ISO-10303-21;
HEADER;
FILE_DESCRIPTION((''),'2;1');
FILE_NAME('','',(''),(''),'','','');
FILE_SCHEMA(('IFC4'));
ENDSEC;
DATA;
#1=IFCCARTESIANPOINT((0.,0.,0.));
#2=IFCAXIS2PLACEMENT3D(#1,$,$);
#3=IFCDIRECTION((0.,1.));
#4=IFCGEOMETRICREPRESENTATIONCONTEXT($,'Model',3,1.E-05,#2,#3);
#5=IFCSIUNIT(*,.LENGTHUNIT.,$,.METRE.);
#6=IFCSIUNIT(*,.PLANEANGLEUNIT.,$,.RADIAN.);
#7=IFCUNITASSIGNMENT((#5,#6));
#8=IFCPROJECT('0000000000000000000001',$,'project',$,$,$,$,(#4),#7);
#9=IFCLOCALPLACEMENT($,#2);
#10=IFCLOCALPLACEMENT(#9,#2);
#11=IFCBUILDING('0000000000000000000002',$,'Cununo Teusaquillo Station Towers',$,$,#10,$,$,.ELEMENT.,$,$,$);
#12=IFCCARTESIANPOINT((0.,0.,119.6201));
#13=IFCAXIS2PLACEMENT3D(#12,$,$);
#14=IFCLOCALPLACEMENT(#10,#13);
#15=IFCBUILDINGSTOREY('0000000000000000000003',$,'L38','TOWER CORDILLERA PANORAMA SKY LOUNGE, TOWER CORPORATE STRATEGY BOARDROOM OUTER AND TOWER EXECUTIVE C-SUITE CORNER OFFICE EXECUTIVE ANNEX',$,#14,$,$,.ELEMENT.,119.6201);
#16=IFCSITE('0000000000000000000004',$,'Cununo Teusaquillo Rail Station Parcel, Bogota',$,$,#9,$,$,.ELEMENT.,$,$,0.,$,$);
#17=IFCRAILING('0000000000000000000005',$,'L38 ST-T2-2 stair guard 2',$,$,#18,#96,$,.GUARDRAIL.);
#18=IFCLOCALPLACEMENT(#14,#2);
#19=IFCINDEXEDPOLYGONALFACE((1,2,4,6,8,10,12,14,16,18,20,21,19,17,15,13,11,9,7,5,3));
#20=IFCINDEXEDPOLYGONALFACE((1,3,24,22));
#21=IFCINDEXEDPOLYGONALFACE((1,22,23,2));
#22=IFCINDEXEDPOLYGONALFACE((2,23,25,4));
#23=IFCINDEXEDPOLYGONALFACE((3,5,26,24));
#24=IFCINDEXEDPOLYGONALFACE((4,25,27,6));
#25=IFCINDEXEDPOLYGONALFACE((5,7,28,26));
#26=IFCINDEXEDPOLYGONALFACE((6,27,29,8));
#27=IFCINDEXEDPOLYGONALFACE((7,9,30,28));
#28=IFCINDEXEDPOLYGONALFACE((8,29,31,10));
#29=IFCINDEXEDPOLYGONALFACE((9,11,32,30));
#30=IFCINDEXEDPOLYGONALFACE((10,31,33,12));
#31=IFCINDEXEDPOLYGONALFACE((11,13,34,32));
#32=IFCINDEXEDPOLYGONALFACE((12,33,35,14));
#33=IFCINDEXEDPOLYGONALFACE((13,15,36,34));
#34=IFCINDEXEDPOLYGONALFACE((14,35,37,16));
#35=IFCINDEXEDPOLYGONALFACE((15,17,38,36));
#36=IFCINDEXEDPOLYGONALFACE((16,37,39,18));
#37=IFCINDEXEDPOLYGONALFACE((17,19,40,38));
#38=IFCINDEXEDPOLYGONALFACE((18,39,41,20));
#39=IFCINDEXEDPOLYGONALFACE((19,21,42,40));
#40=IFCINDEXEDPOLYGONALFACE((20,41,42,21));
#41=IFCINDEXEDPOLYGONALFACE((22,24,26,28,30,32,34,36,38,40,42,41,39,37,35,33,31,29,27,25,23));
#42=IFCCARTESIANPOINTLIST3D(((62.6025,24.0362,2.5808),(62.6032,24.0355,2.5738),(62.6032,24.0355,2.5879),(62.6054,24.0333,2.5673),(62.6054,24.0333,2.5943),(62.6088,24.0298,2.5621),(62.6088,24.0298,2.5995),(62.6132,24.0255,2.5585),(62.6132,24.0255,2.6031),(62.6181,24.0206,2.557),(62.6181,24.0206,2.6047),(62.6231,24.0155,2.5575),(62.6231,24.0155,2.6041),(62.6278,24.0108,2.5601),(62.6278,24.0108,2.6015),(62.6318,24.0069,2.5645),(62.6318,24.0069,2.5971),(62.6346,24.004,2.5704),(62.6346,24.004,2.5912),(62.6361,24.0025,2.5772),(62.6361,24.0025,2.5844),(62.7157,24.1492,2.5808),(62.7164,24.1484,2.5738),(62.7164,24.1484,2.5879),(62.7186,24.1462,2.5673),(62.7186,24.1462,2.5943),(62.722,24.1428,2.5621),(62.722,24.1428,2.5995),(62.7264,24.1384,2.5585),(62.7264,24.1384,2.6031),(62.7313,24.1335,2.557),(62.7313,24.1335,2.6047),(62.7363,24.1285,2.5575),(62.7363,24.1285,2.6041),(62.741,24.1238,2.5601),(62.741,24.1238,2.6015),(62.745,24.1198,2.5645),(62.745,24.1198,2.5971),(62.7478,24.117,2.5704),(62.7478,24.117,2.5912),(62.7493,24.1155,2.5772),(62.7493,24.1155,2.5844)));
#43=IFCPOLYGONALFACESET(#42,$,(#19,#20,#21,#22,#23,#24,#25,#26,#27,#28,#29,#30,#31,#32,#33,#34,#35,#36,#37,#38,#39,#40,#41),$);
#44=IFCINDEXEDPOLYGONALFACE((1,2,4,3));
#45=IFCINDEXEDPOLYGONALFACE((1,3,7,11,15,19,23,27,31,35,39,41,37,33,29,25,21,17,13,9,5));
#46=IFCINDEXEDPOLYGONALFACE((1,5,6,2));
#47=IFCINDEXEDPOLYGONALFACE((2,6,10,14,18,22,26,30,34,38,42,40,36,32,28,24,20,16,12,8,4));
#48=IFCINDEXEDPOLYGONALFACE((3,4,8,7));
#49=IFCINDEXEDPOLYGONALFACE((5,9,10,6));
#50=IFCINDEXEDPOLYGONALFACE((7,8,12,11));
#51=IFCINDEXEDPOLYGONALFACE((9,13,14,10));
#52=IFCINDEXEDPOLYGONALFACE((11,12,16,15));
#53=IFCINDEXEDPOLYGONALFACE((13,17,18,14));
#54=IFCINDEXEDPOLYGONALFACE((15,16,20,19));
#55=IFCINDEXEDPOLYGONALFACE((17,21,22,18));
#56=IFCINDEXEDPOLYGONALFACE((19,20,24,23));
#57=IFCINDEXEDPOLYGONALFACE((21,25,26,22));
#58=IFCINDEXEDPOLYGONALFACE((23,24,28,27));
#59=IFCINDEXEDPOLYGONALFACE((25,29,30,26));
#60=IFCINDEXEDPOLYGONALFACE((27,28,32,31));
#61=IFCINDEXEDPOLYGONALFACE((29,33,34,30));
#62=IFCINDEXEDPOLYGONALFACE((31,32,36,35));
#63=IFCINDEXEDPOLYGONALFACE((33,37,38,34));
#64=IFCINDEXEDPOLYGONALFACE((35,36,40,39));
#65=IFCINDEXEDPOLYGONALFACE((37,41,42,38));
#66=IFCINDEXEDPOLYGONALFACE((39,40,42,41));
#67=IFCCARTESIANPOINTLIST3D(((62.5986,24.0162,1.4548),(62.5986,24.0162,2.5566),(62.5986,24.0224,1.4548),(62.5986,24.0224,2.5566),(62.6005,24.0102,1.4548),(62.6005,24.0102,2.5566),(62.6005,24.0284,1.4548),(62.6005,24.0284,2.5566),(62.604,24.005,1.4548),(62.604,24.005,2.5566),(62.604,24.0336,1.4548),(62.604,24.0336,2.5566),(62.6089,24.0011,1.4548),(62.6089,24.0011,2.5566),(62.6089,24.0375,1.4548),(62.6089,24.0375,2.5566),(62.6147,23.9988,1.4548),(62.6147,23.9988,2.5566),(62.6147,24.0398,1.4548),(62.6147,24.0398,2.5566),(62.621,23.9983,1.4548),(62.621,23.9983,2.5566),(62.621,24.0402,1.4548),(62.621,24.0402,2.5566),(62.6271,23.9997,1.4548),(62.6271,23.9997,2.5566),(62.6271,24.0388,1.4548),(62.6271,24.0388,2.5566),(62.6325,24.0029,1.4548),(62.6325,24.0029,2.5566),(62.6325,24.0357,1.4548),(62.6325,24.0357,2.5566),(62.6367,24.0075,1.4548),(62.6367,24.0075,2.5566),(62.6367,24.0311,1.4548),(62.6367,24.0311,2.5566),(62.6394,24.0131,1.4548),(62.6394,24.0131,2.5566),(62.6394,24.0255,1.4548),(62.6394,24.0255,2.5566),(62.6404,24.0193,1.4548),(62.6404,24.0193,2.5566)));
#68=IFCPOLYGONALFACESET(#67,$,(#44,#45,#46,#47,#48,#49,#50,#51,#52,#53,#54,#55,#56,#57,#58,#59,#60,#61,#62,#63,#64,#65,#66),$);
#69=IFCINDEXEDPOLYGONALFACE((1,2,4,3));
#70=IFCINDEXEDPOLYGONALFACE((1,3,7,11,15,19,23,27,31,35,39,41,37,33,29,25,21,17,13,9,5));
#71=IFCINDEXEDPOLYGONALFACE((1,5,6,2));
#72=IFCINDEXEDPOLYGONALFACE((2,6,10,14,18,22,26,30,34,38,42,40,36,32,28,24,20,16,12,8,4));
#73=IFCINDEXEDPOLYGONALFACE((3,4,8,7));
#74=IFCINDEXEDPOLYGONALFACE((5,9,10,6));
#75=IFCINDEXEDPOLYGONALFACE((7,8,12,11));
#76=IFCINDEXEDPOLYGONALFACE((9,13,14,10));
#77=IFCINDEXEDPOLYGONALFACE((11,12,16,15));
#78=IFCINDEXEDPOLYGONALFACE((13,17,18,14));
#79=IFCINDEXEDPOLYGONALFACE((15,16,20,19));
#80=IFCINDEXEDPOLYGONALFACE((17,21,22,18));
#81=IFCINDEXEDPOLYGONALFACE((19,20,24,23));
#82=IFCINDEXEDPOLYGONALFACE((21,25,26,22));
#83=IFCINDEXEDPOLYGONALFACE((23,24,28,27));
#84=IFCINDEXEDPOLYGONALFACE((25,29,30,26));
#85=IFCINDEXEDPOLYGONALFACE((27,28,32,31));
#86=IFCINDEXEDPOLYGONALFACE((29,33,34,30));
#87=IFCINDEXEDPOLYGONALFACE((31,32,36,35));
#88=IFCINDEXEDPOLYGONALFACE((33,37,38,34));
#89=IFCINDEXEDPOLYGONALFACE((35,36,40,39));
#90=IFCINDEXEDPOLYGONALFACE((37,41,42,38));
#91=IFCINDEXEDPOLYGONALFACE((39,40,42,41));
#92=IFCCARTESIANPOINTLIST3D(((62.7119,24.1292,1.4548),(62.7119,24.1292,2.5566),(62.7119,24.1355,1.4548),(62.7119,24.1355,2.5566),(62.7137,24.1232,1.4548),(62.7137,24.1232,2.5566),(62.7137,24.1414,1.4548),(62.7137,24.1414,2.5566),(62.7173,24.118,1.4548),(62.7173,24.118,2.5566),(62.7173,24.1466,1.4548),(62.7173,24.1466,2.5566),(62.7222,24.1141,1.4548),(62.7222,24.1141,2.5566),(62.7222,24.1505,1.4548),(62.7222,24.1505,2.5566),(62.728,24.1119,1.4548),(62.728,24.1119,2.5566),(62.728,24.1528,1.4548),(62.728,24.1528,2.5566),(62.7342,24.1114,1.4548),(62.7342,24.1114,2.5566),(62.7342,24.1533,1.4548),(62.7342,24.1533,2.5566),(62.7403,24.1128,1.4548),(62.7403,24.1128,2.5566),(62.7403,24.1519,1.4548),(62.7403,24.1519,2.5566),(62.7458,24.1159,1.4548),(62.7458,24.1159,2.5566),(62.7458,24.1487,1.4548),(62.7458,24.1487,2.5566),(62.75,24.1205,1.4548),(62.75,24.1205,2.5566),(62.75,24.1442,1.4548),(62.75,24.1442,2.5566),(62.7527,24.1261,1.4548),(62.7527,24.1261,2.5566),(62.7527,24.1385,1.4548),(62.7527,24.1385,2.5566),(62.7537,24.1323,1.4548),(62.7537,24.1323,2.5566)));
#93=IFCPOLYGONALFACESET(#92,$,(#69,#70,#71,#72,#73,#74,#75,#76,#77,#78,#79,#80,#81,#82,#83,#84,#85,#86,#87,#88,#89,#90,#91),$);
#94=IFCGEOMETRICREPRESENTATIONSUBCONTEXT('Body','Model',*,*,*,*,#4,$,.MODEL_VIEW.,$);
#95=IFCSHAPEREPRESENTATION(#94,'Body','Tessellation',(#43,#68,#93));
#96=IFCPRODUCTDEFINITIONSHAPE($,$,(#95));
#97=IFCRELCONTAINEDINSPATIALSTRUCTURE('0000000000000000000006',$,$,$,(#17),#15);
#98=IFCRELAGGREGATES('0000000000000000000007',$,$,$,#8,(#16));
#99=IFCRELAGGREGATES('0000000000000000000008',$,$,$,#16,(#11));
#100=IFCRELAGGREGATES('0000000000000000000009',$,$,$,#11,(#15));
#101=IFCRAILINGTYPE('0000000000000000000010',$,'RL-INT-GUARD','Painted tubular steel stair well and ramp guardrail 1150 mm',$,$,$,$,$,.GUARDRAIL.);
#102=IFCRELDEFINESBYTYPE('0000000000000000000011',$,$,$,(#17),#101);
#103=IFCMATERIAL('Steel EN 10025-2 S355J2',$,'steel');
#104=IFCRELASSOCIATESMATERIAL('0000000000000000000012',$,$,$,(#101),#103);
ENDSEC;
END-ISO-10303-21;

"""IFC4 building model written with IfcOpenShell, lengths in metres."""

from ifc_helpers import new_model, si_unit, direction, frame, origin, origin_2d, place, context, subcontext, project, spatial, circle, extrude, material, type_object, element, save


model = new_model("IFC4")

# Units and contexts
model_context = context("Model", 3, precision=1e-05, world=origin(), true_north=direction((0.0, 1.0)))
body_context = subcontext(model_context, "Body", "Model", "MODEL_VIEW")
ifc_project = project(units=[si_unit("LENGTHUNIT", "METRE"), si_unit("PLANEANGLEUNIT", "RADIAN")], contexts=[model_context])

# Site, building, storey
site_placement = place(None, origin())
site = spatial("IfcSite", under=ifc_project, at=site_placement, Name="Cununo Teusaquillo Rail Station Parcel, Bogota", CompositionType="ELEMENT", RefElevation=0.0)
building_placement = place(site_placement, origin())
building = spatial("IfcBuilding", under=site, at=building_placement, Name="Cununo Teusaquillo Station Towers", CompositionType="ELEMENT")
storey_placement = place(building_placement, frame((0.0, 0.0, 119.6201)))
storey = spatial("IfcBuildingStorey", under=building, at=storey_placement, Name="L38", Description="TOWER CORDILLERA PANORAMA SKY LOUNGE, TOWER CORPORATE STRATEGY BOARDROOM OUTER AND TOWER EXECUTIVE C-SUITE CORNER OFFICE EXECUTIVE ANNEX", CompositionType="ELEMENT", Elevation=119.6201)

# Railing
ifc_material_1 = material(Name="Steel EN 10025-2 S355J2", Category="steel")
railing_type_1 = type_object("IfcRailingType", Name="RL-INT-GUARD", Description="Painted tubular steel stair well and ramp guardrail 1150 mm", PredefinedType="GUARDRAIL", material=ifc_material_1)
railing_1_placement = place(storey_placement, frame((62.6194, 24.0193, 1.4548)))
element("IfcRailing", 1, at=railing_1_placement, inside=storey, type_object=railing_type_1, Name="L38 ST-T2-2 stair guard 2", PredefinedType="GUARDRAIL", context=body_context, shape_type="SweptSolid", body=[
    extrude(circle(Radius=0.0239, at=origin_2d()), frame((0.0, 0.0, 1.126), z_axis=(0.707869, 0.706344, 0.0), x_axis=(-0.706344, 0.707869, 0.0)), (0.0, 0.0, 1.0), 0.1599),
    extrude(circle(Radius=0.021, at=origin_2d()), origin(), (0.0, 0.0, 1.0), 1.1018),
    extrude(circle(Radius=0.021, at=origin_2d()), frame((0.1133, 0.113, 0.0)), (0.0, 0.0, 1.0), 1.1018),
])

save(model, "model.ifc")
